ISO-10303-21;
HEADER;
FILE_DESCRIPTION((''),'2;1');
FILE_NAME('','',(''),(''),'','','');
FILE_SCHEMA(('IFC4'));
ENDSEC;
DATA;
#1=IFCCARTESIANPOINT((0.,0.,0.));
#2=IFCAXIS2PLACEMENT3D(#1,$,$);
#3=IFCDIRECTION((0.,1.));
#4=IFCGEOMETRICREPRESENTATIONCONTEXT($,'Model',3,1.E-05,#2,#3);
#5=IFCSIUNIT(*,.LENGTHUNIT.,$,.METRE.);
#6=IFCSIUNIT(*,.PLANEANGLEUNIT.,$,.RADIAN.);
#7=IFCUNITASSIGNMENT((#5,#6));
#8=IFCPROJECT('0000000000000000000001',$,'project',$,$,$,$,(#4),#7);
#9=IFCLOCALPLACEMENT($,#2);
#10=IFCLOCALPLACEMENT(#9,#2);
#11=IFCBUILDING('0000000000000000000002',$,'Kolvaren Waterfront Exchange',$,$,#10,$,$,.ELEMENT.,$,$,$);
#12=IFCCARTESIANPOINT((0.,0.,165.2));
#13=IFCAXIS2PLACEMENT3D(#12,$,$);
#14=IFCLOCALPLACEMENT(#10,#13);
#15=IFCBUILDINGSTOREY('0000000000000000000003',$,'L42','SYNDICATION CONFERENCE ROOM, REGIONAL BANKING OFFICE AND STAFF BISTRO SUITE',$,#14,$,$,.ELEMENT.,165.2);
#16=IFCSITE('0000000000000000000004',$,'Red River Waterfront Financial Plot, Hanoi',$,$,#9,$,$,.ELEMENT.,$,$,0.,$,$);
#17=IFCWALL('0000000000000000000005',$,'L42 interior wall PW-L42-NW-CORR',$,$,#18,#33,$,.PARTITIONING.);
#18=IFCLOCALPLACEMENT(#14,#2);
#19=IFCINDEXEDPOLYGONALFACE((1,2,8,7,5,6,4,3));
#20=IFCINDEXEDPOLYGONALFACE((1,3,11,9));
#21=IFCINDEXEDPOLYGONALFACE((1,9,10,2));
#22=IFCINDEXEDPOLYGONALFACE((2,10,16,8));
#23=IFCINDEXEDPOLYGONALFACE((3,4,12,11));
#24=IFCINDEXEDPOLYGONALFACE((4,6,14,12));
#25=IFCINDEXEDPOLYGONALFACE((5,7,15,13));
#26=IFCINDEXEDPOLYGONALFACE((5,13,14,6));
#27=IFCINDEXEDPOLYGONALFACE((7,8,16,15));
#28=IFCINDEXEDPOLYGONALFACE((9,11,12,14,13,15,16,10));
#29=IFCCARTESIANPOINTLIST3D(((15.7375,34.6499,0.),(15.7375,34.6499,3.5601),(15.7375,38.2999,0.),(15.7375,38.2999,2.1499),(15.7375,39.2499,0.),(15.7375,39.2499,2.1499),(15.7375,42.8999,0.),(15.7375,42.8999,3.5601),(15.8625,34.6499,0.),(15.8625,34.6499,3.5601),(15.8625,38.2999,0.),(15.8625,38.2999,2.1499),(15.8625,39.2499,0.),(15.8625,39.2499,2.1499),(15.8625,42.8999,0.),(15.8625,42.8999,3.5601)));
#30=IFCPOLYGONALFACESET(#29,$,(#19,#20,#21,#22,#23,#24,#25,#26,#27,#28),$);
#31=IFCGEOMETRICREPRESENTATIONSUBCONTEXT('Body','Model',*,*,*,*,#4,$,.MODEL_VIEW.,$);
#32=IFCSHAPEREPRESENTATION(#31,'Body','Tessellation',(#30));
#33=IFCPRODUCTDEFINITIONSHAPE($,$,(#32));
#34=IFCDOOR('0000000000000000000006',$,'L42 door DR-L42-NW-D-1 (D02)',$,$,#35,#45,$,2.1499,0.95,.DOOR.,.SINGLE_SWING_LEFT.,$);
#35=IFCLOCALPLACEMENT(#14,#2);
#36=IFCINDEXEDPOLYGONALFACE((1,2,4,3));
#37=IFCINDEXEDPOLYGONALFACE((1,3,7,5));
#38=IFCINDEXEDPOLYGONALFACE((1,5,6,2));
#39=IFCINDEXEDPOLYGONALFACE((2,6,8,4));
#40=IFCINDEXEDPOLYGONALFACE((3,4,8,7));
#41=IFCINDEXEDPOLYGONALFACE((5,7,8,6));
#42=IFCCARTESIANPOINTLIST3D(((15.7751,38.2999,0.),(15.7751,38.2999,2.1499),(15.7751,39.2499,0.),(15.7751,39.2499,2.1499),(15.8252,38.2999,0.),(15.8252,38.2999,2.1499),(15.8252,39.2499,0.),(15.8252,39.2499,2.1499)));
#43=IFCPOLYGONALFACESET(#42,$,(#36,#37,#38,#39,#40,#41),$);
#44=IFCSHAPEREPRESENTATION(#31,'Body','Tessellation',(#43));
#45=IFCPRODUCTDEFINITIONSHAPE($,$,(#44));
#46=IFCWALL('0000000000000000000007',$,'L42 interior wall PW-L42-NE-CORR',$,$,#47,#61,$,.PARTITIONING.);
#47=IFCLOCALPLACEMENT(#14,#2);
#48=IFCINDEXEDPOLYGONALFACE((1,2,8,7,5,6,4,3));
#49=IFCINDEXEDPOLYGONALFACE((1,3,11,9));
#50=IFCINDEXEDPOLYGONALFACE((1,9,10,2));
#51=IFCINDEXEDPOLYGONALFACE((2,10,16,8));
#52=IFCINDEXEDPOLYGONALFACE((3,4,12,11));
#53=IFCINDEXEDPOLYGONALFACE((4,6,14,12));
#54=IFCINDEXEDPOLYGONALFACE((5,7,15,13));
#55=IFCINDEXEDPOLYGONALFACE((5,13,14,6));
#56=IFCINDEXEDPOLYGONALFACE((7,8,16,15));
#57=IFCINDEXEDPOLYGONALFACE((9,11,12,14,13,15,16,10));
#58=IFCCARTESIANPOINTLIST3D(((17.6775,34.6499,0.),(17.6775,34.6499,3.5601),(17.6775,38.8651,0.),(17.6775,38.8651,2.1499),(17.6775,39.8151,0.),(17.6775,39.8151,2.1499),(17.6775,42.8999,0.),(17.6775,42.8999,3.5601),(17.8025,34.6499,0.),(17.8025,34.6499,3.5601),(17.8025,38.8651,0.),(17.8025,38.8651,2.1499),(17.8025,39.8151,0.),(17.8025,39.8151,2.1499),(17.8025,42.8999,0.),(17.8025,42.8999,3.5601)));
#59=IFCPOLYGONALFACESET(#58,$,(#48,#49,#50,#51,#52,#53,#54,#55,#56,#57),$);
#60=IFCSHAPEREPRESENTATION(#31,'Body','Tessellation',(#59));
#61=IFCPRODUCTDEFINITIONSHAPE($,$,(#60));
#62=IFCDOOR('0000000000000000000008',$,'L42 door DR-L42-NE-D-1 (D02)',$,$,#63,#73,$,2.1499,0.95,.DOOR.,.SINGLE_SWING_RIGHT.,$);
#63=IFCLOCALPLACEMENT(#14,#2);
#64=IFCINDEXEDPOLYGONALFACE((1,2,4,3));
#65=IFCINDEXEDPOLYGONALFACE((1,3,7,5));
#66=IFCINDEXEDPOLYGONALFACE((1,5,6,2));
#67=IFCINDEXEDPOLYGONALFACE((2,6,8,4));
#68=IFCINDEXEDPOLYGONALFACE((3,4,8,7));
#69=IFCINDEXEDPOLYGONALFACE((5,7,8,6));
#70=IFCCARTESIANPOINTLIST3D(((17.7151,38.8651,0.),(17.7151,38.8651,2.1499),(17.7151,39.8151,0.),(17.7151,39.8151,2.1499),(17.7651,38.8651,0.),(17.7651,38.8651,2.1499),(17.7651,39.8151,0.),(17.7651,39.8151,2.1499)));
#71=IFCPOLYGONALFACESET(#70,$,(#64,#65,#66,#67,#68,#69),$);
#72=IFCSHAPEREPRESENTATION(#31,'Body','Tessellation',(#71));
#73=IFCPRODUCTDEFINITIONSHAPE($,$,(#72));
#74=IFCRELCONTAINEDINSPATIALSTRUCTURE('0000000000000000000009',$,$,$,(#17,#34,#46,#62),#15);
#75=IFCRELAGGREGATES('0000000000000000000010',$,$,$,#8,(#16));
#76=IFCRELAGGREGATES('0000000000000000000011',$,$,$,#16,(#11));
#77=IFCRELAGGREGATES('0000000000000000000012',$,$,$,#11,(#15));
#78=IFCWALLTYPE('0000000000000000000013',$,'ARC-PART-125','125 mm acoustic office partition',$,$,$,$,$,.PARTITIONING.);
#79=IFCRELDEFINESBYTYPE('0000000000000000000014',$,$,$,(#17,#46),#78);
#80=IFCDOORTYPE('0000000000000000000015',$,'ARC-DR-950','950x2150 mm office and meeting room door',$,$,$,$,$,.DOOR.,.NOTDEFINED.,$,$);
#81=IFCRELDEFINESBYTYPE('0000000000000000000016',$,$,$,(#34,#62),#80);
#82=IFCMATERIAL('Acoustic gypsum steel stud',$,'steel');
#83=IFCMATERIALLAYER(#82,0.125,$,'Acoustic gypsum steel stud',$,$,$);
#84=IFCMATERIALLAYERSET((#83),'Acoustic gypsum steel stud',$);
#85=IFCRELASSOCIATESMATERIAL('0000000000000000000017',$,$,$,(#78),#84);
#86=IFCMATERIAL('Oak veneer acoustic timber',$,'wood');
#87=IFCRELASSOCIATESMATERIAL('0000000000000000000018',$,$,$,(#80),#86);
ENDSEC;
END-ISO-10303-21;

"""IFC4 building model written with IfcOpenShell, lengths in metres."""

from ifc_helpers import new_model, si_unit, direction, frame, frame_2d, origin, place, context, subcontext, project, spatial, rectangle, extrude, material, layer, layer_set, type_object, element, fill, save


model = new_model("IFC4")

# Units and contexts
model_context = context("Model", 3, precision=1e-05, world=origin(), true_north=direction((0.0, 1.0)))
body_context = subcontext(model_context, "Body", "Model", "MODEL_VIEW")
ifc_project = project(units=[si_unit("LENGTHUNIT", "METRE"), si_unit("PLANEANGLEUNIT", "RADIAN")], contexts=[model_context])

# Site, building, storey
site_placement = place(None, origin())
site = spatial("IfcSite", under=ifc_project, at=site_placement, Name="Red River Waterfront Financial Plot, Hanoi", CompositionType="ELEMENT", RefElevation=0.0)
building_placement = place(site_placement, origin())
building = spatial("IfcBuilding", under=site, at=building_placement, Name="Kolvaren Waterfront Exchange", CompositionType="ELEMENT")
storey_placement = place(building_placement, frame((0.0, 0.0, 165.2)))
storey = spatial("IfcBuildingStorey", under=building, at=storey_placement, Name="L42", Description="SYNDICATION CONFERENCE ROOM, REGIONAL BANKING OFFICE AND STAFF BISTRO SUITE", CompositionType="ELEMENT", Elevation=165.2)

# Shared definitions
ifc_material_1 = material(Name="Acoustic gypsum steel stud", Category="steel")
ifc_layer_1 = layer(ifc_material_1, 0.125, Name="Acoustic gypsum steel stud")
ifc_layer_set_1 = layer_set([ifc_layer_1], Name="Acoustic gypsum steel stud")
wall_type = type_object("IfcWallType", Name="ARC-PART-125", Description="125 mm acoustic office partition", PredefinedType="PARTITIONING", material=ifc_layer_set_1)

# Walls, openings, doors
wall_1_placement = place(storey_placement, frame((15.8, 34.6499, 0.0), z_axis=(0.0, 0.0, 1.0), x_axis=(0.0, 1.0, 0.0)))
wall_1 = element("IfcWall", 1, at=wall_1_placement, inside=storey, type_object=wall_type, Name="L42 interior wall PW-L42-NW-CORR", PredefinedType="PARTITIONING", context=body_context, shape_type="SweptSolid", body=[
    extrude(rectangle(XDim=8.25, YDim=0.125, at=frame_2d((4.125, 0.0))), origin(), (0.0, 0.0, 1.0), 3.5601),
])
opening_1_placement = place(wall_1_placement, frame((3.6499, 0.0, 0.0)))
opening_1 = element("IfcOpeningElement", 2, at=opening_1_placement, cuts=wall_1, PredefinedType="OPENING", context=body_context, shape_type="SweptSolid", body=[
    extrude(rectangle(XDim=0.95, YDim=2.1499, at=frame_2d((0.4751, 1.075))), frame((0.0, 0.0725, 0.0), z_axis=(0.0, -1.0, 0.0), x_axis=(1.0, 0.0, 0.0)), (0.0, 0.0, 1.0), 0.145),
])
ifc_material_2 = material(Name="Oak veneer acoustic timber", Category="wood")
door_type = type_object("IfcDoorType", Name="ARC-DR-950", Description="950x2150 mm office and meeting room door", OperationType="NOTDEFINED", PredefinedType="DOOR", material=ifc_material_2)
door_1_placement = place(opening_1_placement, origin())
door_1 = element("IfcDoor", 3, at=door_1_placement, inside=storey, type_object=door_type, Name="L42 door DR-L42-NW-D-1 (D02)", OperationType="SINGLE_SWING_LEFT", OverallHeight=2.1499, OverallWidth=0.95, PredefinedType="DOOR", context=body_context, shape_type="SweptSolid", body=[
    extrude(rectangle(XDim=0.95, YDim=2.1499, at=frame_2d((0.4751, 1.075))), frame((0.0, 0.0249, 0.0), z_axis=(0.0, -1.0, 0.0), x_axis=(1.0, 0.0, 0.0)), (0.0, 0.0, 1.0), 0.05),
])
fill(opening_1, door_1)
wall_2_placement = place(storey_placement, frame((17.74, 34.6499, 0.0), z_axis=(0.0, 0.0, 1.0), x_axis=(0.0, 1.0, 0.0)))
wall_2 = element("IfcWall", 4, at=wall_2_placement, inside=storey, type_object=wall_type, Name="L42 interior wall PW-L42-NE-CORR", PredefinedType="PARTITIONING", context=body_context, shape_type="SweptSolid", body=[
    extrude(rectangle(XDim=8.25, YDim=0.125, at=frame_2d((4.125, 0.0))), origin(), (0.0, 0.0, 1.0), 3.5601),
])
opening_2_placement = place(wall_2_placement, frame((4.2151, 0.0, 0.0)))
opening_2 = element("IfcOpeningElement", 5, at=opening_2_placement, cuts=wall_2, PredefinedType="OPENING", context=body_context, shape_type="SweptSolid", body=[
    extrude(rectangle(XDim=0.95, YDim=2.1499, at=frame_2d((0.4751, 1.075))), frame((0.0, 0.0725, 0.0), z_axis=(0.0, -1.0, 0.0), x_axis=(1.0, 0.0, 0.0)), (0.0, 0.0, 1.0), 0.145),
])
door_2_placement = place(opening_2_placement, origin())
door_2 = element("IfcDoor", 6, at=door_2_placement, inside=storey, type_object=door_type, Name="L42 door DR-L42-NE-D-1 (D02)", OperationType="SINGLE_SWING_RIGHT", OverallHeight=2.1499, OverallWidth=0.95, PredefinedType="DOOR", context=body_context, shape_type="SweptSolid", body=[
    extrude(rectangle(XDim=0.95, YDim=2.1499, at=frame_2d((0.4751, 1.075))), frame((0.0, 0.0249, 0.0), z_axis=(0.0, -1.0, 0.0), x_axis=(1.0, 0.0, 0.0)), (0.0, 0.0, 1.0), 0.05),
])
fill(opening_2, door_2)

save(model, "model.ifc")
